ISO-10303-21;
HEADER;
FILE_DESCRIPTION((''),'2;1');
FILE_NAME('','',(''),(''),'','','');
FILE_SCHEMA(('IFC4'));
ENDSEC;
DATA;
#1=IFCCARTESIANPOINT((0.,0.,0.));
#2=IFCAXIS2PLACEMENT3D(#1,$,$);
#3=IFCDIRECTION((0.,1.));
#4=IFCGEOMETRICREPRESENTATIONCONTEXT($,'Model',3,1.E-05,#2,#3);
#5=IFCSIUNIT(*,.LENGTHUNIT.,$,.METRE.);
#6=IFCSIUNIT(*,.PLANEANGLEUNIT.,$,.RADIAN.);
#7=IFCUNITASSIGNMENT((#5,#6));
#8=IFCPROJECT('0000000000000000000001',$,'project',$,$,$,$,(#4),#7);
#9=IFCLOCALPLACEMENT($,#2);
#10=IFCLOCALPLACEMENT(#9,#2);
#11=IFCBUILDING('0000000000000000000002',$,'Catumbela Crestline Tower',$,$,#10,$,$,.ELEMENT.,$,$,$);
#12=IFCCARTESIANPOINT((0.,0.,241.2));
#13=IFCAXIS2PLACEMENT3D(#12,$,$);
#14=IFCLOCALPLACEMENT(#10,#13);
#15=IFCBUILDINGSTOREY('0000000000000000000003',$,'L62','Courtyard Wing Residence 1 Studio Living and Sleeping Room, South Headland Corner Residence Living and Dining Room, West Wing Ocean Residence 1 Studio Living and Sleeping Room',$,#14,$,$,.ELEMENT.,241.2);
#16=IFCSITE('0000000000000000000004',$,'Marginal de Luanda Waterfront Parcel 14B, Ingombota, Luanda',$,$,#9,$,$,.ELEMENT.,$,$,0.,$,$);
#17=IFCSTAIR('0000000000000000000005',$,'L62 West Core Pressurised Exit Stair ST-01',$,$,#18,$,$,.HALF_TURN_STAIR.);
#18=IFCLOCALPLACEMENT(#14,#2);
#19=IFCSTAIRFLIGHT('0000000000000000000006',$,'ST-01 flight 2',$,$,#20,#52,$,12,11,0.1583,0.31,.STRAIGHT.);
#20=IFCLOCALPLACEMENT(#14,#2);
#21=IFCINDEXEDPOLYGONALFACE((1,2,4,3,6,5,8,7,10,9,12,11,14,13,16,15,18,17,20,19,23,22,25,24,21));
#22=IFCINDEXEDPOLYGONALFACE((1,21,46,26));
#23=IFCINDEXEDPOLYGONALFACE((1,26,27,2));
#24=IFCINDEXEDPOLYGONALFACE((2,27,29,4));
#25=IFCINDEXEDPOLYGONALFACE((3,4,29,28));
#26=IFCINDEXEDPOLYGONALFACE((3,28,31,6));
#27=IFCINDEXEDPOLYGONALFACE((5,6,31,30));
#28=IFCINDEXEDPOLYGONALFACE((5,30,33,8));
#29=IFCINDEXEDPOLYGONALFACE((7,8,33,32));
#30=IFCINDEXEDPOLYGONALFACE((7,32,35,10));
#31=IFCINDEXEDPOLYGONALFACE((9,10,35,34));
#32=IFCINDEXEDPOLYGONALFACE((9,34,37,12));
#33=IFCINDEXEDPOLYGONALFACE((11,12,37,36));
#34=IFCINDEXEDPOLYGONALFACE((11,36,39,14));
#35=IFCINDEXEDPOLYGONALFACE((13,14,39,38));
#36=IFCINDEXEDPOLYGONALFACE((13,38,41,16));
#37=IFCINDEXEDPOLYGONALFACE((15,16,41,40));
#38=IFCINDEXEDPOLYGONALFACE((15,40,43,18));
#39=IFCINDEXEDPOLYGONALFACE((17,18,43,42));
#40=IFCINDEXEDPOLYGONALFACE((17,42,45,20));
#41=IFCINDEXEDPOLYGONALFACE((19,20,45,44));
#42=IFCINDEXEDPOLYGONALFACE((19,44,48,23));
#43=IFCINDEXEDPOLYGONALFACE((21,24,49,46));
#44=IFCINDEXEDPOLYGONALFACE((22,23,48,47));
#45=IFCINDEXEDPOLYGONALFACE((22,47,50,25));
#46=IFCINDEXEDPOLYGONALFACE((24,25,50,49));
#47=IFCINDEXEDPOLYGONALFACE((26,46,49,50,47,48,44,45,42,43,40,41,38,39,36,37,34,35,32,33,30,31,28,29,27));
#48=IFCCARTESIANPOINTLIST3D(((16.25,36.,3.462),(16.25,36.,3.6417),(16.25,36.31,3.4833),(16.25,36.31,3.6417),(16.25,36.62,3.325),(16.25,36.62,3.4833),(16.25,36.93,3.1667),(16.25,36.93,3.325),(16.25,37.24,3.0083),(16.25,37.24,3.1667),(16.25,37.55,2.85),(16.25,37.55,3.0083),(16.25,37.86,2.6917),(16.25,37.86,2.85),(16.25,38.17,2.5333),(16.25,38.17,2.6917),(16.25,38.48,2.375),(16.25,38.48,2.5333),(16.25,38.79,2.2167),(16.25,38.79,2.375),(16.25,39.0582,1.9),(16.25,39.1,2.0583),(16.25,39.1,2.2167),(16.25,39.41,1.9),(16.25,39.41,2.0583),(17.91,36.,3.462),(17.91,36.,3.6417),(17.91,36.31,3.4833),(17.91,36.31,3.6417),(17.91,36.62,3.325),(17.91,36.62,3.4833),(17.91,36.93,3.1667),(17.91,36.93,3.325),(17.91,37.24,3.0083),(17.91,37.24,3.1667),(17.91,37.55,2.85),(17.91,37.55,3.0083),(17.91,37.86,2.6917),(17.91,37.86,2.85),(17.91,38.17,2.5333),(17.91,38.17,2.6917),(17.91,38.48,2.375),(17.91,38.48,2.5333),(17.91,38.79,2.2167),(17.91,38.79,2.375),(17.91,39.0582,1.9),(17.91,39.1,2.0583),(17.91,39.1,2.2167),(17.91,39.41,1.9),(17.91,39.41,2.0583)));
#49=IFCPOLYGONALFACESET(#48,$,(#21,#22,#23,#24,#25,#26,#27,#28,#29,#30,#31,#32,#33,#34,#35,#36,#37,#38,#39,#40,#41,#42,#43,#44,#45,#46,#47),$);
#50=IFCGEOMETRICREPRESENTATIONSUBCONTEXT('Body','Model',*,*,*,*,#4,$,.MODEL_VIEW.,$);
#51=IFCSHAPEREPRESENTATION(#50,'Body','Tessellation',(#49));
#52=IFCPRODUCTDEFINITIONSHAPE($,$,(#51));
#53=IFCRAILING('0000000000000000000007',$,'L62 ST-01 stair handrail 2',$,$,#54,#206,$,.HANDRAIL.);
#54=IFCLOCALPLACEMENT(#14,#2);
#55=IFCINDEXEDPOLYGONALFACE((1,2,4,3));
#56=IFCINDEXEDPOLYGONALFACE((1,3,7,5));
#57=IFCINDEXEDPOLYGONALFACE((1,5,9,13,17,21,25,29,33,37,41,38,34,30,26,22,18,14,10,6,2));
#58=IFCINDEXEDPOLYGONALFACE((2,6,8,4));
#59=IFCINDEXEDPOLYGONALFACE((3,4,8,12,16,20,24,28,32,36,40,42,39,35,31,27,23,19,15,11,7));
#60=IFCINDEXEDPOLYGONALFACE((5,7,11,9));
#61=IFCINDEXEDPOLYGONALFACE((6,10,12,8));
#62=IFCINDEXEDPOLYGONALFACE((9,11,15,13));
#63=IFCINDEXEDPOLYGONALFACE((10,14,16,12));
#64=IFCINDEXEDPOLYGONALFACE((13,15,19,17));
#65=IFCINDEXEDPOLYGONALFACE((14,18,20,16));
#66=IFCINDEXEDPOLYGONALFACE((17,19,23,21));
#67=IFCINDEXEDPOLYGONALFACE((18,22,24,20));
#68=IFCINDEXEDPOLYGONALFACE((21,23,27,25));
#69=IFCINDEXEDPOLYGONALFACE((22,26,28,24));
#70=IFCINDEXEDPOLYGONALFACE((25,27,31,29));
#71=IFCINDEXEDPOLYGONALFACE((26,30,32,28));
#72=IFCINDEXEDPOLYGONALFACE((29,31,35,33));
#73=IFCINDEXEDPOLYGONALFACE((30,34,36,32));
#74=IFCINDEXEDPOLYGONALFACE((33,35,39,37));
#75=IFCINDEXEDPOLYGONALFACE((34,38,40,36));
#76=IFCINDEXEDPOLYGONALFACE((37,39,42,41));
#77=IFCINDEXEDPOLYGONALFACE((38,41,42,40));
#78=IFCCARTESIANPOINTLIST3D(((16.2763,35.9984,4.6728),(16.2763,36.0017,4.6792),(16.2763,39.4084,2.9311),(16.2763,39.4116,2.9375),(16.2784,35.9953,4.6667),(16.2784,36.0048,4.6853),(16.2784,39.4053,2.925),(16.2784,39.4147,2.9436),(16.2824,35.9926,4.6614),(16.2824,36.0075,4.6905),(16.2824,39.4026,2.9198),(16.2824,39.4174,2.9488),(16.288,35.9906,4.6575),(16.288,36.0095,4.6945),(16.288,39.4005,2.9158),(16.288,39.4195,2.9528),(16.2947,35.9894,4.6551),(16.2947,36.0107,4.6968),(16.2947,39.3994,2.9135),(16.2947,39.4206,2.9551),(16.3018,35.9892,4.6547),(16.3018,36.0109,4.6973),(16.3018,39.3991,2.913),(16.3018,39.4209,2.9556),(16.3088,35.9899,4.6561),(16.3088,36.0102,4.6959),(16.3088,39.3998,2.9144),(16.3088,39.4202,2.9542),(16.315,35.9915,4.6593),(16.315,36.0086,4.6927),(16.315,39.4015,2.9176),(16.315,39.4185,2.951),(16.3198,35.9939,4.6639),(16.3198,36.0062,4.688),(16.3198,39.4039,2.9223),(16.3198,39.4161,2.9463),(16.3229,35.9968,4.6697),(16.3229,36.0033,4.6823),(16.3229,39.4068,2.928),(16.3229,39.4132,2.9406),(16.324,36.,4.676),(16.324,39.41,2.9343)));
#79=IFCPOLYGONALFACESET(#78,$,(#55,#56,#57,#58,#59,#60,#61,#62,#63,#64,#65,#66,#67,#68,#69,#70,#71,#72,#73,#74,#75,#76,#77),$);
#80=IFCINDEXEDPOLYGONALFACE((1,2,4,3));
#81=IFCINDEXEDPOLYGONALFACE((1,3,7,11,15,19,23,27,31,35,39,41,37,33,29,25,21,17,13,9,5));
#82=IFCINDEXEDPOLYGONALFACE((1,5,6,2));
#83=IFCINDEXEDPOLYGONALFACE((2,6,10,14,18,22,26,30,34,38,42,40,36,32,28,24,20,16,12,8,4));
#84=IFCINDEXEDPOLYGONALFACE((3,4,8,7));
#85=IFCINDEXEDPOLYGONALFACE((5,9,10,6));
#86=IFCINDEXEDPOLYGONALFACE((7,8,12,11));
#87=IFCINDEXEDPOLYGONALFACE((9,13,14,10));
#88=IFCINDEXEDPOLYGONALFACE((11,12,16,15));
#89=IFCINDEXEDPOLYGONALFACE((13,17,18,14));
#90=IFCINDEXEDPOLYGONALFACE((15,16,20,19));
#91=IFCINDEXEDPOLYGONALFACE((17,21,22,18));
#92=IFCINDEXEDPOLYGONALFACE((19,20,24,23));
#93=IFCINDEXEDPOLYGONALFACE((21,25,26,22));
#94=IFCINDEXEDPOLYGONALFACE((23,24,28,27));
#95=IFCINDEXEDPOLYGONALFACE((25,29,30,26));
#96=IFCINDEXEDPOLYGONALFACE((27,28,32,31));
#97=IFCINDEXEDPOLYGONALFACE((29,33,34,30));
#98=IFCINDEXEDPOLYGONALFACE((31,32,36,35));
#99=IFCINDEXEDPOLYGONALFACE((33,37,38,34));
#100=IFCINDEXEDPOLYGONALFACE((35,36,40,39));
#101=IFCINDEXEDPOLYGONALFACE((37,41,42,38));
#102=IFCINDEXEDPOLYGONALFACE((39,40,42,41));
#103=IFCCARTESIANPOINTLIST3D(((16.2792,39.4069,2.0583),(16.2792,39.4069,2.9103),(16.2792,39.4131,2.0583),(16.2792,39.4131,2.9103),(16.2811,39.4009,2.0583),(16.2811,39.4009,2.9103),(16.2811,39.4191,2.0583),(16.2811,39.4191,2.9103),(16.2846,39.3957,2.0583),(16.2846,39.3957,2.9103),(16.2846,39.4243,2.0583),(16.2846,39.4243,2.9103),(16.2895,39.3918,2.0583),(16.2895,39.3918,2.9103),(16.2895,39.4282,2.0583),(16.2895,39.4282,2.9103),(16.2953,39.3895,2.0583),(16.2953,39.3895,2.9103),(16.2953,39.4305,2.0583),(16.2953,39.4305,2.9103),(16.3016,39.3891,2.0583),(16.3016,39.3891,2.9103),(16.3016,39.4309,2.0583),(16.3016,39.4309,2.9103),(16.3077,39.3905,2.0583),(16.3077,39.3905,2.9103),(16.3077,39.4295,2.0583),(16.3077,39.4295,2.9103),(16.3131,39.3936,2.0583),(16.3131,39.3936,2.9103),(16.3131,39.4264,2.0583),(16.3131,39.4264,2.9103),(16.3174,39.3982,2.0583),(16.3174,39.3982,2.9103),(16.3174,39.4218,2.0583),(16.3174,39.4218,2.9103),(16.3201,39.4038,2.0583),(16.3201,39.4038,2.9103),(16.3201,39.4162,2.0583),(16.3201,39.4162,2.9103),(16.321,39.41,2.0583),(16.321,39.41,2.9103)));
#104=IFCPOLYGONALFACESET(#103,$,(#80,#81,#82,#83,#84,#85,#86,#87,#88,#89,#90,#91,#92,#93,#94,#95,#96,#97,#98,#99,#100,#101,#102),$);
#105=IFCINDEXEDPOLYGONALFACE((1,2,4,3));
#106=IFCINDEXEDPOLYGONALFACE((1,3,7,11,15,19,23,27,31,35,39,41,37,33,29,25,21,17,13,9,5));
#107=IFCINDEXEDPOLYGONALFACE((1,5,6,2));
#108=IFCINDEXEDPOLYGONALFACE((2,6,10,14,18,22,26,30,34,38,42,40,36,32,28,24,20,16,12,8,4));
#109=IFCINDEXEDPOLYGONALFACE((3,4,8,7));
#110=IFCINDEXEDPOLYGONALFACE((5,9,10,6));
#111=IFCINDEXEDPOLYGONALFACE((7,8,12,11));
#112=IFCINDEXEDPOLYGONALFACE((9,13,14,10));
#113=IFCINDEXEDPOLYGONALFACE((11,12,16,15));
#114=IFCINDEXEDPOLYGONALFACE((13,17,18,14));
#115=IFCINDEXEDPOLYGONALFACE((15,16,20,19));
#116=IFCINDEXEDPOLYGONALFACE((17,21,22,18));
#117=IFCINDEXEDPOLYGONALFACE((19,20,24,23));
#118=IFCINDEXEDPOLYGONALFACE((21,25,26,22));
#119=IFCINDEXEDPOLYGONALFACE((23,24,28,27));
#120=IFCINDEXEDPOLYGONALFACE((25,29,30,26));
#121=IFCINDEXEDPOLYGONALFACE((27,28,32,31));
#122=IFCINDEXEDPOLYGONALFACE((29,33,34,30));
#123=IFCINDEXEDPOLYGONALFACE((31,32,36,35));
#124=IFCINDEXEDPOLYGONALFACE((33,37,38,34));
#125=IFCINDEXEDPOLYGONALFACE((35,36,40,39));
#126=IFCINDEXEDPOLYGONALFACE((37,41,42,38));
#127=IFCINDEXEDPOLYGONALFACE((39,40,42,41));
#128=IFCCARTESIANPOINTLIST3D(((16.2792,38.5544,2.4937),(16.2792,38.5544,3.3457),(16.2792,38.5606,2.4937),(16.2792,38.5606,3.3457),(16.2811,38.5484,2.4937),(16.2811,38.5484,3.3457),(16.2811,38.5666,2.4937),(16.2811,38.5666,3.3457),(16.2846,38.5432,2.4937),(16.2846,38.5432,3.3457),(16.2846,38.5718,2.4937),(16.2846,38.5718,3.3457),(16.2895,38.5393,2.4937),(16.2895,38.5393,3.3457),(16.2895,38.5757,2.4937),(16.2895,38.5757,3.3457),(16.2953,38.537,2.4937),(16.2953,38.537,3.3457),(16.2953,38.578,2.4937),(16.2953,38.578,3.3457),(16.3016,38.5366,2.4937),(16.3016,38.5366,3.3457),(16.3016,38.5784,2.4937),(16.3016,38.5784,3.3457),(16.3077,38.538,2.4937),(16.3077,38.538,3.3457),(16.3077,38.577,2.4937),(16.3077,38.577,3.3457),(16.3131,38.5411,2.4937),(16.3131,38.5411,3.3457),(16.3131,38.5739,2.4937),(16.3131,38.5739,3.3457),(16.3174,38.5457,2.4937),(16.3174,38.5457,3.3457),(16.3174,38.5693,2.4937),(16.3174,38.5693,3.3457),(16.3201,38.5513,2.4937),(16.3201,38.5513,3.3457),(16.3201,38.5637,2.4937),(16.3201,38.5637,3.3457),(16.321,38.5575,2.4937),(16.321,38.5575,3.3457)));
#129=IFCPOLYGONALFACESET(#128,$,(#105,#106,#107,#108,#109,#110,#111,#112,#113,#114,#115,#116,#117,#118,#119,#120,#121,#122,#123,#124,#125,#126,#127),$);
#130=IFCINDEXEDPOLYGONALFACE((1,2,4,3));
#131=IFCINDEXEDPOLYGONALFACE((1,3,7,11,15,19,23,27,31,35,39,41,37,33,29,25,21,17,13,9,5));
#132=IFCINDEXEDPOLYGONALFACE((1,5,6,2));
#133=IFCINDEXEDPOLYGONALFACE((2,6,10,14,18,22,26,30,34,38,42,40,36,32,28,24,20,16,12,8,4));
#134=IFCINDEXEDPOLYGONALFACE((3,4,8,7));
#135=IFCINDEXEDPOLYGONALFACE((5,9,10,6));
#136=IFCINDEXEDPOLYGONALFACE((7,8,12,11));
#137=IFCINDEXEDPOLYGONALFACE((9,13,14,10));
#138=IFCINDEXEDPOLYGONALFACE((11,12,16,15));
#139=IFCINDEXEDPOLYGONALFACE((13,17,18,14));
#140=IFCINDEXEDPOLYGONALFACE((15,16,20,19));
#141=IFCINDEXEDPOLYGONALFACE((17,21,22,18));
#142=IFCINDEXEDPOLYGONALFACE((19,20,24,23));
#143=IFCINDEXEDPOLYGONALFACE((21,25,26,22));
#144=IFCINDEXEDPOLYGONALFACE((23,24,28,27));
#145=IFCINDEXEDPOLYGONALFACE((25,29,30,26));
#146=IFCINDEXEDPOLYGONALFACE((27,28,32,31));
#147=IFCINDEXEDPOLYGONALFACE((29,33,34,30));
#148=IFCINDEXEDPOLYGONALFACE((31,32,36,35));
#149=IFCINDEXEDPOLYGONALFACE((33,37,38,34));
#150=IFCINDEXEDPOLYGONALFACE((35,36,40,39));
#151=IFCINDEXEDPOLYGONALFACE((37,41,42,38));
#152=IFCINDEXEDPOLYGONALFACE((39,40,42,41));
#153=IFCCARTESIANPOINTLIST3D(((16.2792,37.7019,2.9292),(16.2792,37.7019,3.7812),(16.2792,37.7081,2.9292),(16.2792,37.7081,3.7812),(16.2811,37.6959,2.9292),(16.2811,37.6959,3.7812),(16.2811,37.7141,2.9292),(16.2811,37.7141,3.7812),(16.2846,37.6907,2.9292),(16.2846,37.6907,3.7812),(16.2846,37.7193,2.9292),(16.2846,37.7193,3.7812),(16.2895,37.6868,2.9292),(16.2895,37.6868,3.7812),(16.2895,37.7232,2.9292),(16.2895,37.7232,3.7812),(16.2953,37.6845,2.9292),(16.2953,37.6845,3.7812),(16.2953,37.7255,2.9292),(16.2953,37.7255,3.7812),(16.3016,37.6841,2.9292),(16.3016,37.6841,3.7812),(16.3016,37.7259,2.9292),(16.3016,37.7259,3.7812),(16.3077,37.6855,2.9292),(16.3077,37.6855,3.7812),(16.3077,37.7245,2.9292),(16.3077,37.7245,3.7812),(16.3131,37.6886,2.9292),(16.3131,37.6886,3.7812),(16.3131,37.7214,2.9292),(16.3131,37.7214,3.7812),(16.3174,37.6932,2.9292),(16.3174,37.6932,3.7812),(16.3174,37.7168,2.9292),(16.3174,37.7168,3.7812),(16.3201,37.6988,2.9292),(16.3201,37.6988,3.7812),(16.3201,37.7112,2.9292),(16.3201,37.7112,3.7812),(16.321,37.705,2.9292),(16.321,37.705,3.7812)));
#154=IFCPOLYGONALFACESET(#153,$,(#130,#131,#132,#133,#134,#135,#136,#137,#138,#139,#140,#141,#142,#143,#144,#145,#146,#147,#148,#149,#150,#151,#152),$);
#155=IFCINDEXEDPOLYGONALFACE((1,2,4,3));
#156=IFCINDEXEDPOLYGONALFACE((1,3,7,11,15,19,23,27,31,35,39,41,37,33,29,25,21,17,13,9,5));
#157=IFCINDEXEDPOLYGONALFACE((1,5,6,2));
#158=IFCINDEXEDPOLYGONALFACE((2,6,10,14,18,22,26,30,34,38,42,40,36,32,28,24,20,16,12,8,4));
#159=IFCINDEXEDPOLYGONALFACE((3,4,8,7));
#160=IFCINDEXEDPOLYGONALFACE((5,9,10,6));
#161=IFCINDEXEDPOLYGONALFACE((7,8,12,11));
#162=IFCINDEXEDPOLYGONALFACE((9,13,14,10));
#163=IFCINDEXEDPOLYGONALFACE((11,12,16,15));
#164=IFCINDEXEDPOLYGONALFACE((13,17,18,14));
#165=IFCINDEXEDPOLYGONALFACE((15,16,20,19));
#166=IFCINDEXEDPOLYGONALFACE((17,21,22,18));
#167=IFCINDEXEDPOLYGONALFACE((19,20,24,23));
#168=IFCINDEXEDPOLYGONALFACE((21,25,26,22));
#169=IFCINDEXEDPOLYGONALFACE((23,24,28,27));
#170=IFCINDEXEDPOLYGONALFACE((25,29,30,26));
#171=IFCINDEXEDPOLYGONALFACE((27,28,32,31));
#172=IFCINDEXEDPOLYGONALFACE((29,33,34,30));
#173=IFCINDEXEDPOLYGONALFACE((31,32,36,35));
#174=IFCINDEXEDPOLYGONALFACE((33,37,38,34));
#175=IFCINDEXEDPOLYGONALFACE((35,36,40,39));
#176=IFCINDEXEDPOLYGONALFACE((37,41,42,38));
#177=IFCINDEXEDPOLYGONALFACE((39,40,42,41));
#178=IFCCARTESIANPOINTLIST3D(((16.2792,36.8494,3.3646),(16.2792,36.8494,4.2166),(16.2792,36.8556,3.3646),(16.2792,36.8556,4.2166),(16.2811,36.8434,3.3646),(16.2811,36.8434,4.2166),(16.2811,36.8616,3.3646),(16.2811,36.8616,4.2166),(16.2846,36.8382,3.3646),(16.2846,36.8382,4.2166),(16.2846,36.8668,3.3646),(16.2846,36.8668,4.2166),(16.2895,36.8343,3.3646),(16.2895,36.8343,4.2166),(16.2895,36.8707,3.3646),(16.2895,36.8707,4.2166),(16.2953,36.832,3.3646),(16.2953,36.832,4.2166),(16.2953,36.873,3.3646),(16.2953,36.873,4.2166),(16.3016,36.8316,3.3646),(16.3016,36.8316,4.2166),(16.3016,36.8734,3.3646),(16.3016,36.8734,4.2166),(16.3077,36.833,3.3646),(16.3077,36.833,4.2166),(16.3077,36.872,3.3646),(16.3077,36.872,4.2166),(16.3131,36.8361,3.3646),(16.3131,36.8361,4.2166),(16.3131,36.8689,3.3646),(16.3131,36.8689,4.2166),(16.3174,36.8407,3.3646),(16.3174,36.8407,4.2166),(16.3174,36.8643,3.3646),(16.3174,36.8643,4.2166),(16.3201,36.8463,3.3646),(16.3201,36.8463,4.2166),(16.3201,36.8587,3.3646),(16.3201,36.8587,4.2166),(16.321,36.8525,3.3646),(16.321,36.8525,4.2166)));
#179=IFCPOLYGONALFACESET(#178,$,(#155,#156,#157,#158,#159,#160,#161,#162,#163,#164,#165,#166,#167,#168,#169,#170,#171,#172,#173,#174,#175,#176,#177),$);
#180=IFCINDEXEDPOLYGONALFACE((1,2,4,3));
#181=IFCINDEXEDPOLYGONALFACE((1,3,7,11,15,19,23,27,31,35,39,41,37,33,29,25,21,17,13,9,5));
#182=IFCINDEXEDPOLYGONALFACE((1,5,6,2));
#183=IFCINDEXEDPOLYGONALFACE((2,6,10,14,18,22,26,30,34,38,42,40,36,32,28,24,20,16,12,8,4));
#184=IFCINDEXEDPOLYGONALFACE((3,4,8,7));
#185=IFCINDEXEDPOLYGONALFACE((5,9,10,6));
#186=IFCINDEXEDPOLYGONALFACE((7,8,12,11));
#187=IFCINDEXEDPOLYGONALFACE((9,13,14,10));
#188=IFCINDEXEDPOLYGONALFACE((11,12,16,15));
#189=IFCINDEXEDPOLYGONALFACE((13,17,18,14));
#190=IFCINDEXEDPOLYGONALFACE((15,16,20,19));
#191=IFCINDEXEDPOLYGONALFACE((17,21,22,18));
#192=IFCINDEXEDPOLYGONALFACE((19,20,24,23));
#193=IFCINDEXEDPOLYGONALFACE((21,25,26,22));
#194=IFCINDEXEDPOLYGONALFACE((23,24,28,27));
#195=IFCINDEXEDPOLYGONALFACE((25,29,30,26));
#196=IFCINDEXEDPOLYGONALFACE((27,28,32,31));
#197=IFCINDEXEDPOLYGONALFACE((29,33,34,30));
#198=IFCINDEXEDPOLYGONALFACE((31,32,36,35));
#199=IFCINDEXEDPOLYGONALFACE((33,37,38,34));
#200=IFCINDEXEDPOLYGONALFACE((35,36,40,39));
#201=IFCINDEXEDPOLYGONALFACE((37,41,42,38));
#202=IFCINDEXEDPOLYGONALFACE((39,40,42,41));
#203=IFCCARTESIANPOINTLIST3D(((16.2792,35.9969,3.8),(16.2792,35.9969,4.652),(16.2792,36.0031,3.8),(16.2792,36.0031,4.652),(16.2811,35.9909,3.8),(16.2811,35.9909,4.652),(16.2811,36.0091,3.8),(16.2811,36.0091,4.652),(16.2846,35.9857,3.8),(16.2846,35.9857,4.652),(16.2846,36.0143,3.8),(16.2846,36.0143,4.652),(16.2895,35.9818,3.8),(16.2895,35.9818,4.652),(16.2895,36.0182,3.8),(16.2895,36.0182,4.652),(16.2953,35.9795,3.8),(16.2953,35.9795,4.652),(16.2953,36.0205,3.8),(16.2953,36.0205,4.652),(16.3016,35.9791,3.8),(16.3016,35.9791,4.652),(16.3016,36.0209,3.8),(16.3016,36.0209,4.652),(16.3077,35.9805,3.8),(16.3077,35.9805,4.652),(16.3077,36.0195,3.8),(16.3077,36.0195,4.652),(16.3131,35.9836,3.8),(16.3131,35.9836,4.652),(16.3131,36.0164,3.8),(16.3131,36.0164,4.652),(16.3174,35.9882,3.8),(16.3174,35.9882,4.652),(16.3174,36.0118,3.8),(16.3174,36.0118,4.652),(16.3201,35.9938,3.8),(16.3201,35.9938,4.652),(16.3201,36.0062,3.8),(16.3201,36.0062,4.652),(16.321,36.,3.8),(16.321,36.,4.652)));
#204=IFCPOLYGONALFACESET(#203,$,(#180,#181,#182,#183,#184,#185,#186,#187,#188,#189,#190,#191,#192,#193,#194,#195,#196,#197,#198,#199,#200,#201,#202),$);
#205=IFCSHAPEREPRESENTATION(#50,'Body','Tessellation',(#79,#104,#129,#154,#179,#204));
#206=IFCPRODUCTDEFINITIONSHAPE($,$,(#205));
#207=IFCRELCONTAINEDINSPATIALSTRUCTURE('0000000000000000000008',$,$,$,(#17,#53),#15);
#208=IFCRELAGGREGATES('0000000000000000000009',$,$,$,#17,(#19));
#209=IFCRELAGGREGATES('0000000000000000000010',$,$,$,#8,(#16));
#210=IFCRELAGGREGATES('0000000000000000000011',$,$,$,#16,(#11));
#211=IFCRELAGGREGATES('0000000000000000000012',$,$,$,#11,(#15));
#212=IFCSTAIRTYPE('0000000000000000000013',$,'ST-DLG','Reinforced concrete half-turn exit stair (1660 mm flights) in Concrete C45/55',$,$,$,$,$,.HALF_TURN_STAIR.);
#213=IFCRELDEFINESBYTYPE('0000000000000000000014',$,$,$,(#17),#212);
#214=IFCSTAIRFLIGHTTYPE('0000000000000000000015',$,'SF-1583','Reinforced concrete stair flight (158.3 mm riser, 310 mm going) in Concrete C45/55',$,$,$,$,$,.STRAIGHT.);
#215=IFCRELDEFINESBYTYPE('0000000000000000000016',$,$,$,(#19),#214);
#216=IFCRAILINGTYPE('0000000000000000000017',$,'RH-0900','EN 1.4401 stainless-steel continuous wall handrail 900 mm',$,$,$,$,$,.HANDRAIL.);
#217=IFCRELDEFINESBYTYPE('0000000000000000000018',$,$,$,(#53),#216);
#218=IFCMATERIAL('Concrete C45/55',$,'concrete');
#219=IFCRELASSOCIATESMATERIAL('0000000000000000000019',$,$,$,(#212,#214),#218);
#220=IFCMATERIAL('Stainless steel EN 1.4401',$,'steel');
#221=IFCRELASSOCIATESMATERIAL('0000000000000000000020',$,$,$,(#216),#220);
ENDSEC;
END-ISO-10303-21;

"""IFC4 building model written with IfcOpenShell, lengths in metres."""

from ifc_helpers import new_model, si_unit, direction, frame, origin, origin_2d, place, context, subcontext, project, spatial, polyline, circle, outline, extrude, material, type_object, element, aggregate, save


model = new_model("IFC4")

# Units and contexts
model_context = context("Model", 3, precision=1e-05, world=origin(), true_north=direction((0.0, 1.0)))
body_context = subcontext(model_context, "Body", "Model", "MODEL_VIEW")
ifc_project = project(units=[si_unit("LENGTHUNIT", "METRE"), si_unit("PLANEANGLEUNIT", "RADIAN")], contexts=[model_context])

# Site, building, storey
site_placement = place(None, origin())
site = spatial("IfcSite", under=ifc_project, at=site_placement, Name="Marginal de Luanda Waterfront Parcel 14B, Ingombota, Luanda", CompositionType="ELEMENT", RefElevation=0.0)
building_placement = place(site_placement, origin())
building = spatial("IfcBuilding", under=site, at=building_placement, Name="Catumbela Crestline Tower", CompositionType="ELEMENT")
storey_placement = place(building_placement, frame((0.0, 0.0, 241.2)))
storey = spatial("IfcBuildingStorey", under=building, at=storey_placement, Name="L62", Description="Courtyard Wing Residence 1 Studio Living and Sleeping Room, South Headland Corner Residence Living and Dining Room, West Wing Ocean Residence 1 Studio Living and Sleeping Room", CompositionType="ELEMENT", Elevation=241.2)

# Shared definitions
ifc_material_1 = material(Name="Stainless steel EN 1.4401", Category="steel")

# Shared definitions
ifc_material_2 = material(Name="Concrete C45/55", Category="concrete")

# Stair, stair flight
stair_type = type_object("IfcStairType", Name="ST-DLG", Description="Reinforced concrete half-turn exit stair (1660 mm flights) in Concrete C45/55", PredefinedType="HALF_TURN_STAIR", material=ifc_material_2)
stair_placement = place(storey_placement, origin())
stair = element("IfcStair", 1, at=stair_placement, inside=storey, type_object=stair_type, Name="L62 West Core Pressurised Exit Stair ST-01", PredefinedType="HALF_TURN_STAIR")
stair_flight_type = type_object("IfcStairFlightType", Name="SF-1583", Description="Reinforced concrete stair flight (158.3 mm riser, 310 mm going) in Concrete C45/55", PredefinedType="STRAIGHT", material=ifc_material_2)
stair_flight_placement = place(storey_placement, frame((17.08, 39.41, 1.9), z_axis=(0.0, 0.0, 1.0), x_axis=(0.0, -1.0, 0.0)))
stair_flight = element("IfcStairFlight", 2, at=stair_flight_placement, type_object=stair_flight_type, Name="ST-01 flight 2", NumberOfRisers=12, NumberOfTreads=11, PredefinedType="STRAIGHT", RiserHeight=0.1583, TreadLength=0.31, context=body_context, shape_type="SweptSolid", body=[
    extrude(outline(polyline([(0.0, 0.0), (0.0, 0.1583), (0.31, 0.1583), (0.31, 0.3167), (0.62, 0.3167), (0.62, 0.475), (0.93, 0.475), (0.93, 0.6333), (1.24, 0.6333), (1.24, 0.7917), (1.55, 0.7917), (1.55, 0.95), (1.86, 0.95), (1.86, 1.1083), (2.17, 1.1083), (2.17, 1.2667), (2.48, 1.2667), (2.48, 1.425), (2.79, 1.425), (2.79, 1.5833), (3.1, 1.5833), (3.1, 1.7417), (3.41, 1.7417), (3.41, 1.9), (3.41, 1.562), (0.3518, 0.0), (0.0, 0.0)])), frame((0.0, 0.83, 0.0), z_axis=(0.0, -1.0, 0.0), x_axis=(1.0, 0.0, 0.0)), (0.0, 0.0, 1.0), 1.66),
])
aggregate(stair, [stair_flight])

# Railing
railing_type_1 = type_object("IfcRailingType", Name="RH-0900", Description="EN 1.4401 stainless-steel continuous wall handrail 900 mm", PredefinedType="HANDRAIL", material=ifc_material_1)
railing_1_placement = place(storey_placement, frame((16.3, 39.41, 2.0583)))
element("IfcRailing", 3, at=railing_1_placement, inside=storey, type_object=railing_type_1, Name="L62 ST-01 stair handrail 2", PredefinedType="HANDRAIL", context=body_context, shape_type="SweptSolid", body=[
    extrude(circle(Radius=0.024, at=origin_2d()), frame((0.0, 0.0, 0.876), z_axis=(0.0, -0.89056, 0.454865), x_axis=(1.0, 0.0, 0.0)), (0.0, 0.0, 1.0), 3.829),
    extrude(circle(Radius=0.021, at=origin_2d()), origin(), (0.0, 0.0, 1.0), 0.852),
    extrude(circle(Radius=0.021, at=origin_2d()), frame((0.0, -0.8525, 0.4354)), (0.0, 0.0, 1.0), 0.852),
    extrude(circle(Radius=0.021, at=origin_2d()), frame((0.0, -1.705, 0.8709)), (0.0, 0.0, 1.0), 0.852),
    extrude(circle(Radius=0.021, at=origin_2d()), frame((0.0, -2.5575, 1.3063)), (0.0, 0.0, 1.0), 0.852),
    extrude(circle(Radius=0.021, at=origin_2d()), frame((0.0, -3.41, 1.7417)), (0.0, 0.0, 1.0), 0.852),
])

save(model, "model.ifc")
